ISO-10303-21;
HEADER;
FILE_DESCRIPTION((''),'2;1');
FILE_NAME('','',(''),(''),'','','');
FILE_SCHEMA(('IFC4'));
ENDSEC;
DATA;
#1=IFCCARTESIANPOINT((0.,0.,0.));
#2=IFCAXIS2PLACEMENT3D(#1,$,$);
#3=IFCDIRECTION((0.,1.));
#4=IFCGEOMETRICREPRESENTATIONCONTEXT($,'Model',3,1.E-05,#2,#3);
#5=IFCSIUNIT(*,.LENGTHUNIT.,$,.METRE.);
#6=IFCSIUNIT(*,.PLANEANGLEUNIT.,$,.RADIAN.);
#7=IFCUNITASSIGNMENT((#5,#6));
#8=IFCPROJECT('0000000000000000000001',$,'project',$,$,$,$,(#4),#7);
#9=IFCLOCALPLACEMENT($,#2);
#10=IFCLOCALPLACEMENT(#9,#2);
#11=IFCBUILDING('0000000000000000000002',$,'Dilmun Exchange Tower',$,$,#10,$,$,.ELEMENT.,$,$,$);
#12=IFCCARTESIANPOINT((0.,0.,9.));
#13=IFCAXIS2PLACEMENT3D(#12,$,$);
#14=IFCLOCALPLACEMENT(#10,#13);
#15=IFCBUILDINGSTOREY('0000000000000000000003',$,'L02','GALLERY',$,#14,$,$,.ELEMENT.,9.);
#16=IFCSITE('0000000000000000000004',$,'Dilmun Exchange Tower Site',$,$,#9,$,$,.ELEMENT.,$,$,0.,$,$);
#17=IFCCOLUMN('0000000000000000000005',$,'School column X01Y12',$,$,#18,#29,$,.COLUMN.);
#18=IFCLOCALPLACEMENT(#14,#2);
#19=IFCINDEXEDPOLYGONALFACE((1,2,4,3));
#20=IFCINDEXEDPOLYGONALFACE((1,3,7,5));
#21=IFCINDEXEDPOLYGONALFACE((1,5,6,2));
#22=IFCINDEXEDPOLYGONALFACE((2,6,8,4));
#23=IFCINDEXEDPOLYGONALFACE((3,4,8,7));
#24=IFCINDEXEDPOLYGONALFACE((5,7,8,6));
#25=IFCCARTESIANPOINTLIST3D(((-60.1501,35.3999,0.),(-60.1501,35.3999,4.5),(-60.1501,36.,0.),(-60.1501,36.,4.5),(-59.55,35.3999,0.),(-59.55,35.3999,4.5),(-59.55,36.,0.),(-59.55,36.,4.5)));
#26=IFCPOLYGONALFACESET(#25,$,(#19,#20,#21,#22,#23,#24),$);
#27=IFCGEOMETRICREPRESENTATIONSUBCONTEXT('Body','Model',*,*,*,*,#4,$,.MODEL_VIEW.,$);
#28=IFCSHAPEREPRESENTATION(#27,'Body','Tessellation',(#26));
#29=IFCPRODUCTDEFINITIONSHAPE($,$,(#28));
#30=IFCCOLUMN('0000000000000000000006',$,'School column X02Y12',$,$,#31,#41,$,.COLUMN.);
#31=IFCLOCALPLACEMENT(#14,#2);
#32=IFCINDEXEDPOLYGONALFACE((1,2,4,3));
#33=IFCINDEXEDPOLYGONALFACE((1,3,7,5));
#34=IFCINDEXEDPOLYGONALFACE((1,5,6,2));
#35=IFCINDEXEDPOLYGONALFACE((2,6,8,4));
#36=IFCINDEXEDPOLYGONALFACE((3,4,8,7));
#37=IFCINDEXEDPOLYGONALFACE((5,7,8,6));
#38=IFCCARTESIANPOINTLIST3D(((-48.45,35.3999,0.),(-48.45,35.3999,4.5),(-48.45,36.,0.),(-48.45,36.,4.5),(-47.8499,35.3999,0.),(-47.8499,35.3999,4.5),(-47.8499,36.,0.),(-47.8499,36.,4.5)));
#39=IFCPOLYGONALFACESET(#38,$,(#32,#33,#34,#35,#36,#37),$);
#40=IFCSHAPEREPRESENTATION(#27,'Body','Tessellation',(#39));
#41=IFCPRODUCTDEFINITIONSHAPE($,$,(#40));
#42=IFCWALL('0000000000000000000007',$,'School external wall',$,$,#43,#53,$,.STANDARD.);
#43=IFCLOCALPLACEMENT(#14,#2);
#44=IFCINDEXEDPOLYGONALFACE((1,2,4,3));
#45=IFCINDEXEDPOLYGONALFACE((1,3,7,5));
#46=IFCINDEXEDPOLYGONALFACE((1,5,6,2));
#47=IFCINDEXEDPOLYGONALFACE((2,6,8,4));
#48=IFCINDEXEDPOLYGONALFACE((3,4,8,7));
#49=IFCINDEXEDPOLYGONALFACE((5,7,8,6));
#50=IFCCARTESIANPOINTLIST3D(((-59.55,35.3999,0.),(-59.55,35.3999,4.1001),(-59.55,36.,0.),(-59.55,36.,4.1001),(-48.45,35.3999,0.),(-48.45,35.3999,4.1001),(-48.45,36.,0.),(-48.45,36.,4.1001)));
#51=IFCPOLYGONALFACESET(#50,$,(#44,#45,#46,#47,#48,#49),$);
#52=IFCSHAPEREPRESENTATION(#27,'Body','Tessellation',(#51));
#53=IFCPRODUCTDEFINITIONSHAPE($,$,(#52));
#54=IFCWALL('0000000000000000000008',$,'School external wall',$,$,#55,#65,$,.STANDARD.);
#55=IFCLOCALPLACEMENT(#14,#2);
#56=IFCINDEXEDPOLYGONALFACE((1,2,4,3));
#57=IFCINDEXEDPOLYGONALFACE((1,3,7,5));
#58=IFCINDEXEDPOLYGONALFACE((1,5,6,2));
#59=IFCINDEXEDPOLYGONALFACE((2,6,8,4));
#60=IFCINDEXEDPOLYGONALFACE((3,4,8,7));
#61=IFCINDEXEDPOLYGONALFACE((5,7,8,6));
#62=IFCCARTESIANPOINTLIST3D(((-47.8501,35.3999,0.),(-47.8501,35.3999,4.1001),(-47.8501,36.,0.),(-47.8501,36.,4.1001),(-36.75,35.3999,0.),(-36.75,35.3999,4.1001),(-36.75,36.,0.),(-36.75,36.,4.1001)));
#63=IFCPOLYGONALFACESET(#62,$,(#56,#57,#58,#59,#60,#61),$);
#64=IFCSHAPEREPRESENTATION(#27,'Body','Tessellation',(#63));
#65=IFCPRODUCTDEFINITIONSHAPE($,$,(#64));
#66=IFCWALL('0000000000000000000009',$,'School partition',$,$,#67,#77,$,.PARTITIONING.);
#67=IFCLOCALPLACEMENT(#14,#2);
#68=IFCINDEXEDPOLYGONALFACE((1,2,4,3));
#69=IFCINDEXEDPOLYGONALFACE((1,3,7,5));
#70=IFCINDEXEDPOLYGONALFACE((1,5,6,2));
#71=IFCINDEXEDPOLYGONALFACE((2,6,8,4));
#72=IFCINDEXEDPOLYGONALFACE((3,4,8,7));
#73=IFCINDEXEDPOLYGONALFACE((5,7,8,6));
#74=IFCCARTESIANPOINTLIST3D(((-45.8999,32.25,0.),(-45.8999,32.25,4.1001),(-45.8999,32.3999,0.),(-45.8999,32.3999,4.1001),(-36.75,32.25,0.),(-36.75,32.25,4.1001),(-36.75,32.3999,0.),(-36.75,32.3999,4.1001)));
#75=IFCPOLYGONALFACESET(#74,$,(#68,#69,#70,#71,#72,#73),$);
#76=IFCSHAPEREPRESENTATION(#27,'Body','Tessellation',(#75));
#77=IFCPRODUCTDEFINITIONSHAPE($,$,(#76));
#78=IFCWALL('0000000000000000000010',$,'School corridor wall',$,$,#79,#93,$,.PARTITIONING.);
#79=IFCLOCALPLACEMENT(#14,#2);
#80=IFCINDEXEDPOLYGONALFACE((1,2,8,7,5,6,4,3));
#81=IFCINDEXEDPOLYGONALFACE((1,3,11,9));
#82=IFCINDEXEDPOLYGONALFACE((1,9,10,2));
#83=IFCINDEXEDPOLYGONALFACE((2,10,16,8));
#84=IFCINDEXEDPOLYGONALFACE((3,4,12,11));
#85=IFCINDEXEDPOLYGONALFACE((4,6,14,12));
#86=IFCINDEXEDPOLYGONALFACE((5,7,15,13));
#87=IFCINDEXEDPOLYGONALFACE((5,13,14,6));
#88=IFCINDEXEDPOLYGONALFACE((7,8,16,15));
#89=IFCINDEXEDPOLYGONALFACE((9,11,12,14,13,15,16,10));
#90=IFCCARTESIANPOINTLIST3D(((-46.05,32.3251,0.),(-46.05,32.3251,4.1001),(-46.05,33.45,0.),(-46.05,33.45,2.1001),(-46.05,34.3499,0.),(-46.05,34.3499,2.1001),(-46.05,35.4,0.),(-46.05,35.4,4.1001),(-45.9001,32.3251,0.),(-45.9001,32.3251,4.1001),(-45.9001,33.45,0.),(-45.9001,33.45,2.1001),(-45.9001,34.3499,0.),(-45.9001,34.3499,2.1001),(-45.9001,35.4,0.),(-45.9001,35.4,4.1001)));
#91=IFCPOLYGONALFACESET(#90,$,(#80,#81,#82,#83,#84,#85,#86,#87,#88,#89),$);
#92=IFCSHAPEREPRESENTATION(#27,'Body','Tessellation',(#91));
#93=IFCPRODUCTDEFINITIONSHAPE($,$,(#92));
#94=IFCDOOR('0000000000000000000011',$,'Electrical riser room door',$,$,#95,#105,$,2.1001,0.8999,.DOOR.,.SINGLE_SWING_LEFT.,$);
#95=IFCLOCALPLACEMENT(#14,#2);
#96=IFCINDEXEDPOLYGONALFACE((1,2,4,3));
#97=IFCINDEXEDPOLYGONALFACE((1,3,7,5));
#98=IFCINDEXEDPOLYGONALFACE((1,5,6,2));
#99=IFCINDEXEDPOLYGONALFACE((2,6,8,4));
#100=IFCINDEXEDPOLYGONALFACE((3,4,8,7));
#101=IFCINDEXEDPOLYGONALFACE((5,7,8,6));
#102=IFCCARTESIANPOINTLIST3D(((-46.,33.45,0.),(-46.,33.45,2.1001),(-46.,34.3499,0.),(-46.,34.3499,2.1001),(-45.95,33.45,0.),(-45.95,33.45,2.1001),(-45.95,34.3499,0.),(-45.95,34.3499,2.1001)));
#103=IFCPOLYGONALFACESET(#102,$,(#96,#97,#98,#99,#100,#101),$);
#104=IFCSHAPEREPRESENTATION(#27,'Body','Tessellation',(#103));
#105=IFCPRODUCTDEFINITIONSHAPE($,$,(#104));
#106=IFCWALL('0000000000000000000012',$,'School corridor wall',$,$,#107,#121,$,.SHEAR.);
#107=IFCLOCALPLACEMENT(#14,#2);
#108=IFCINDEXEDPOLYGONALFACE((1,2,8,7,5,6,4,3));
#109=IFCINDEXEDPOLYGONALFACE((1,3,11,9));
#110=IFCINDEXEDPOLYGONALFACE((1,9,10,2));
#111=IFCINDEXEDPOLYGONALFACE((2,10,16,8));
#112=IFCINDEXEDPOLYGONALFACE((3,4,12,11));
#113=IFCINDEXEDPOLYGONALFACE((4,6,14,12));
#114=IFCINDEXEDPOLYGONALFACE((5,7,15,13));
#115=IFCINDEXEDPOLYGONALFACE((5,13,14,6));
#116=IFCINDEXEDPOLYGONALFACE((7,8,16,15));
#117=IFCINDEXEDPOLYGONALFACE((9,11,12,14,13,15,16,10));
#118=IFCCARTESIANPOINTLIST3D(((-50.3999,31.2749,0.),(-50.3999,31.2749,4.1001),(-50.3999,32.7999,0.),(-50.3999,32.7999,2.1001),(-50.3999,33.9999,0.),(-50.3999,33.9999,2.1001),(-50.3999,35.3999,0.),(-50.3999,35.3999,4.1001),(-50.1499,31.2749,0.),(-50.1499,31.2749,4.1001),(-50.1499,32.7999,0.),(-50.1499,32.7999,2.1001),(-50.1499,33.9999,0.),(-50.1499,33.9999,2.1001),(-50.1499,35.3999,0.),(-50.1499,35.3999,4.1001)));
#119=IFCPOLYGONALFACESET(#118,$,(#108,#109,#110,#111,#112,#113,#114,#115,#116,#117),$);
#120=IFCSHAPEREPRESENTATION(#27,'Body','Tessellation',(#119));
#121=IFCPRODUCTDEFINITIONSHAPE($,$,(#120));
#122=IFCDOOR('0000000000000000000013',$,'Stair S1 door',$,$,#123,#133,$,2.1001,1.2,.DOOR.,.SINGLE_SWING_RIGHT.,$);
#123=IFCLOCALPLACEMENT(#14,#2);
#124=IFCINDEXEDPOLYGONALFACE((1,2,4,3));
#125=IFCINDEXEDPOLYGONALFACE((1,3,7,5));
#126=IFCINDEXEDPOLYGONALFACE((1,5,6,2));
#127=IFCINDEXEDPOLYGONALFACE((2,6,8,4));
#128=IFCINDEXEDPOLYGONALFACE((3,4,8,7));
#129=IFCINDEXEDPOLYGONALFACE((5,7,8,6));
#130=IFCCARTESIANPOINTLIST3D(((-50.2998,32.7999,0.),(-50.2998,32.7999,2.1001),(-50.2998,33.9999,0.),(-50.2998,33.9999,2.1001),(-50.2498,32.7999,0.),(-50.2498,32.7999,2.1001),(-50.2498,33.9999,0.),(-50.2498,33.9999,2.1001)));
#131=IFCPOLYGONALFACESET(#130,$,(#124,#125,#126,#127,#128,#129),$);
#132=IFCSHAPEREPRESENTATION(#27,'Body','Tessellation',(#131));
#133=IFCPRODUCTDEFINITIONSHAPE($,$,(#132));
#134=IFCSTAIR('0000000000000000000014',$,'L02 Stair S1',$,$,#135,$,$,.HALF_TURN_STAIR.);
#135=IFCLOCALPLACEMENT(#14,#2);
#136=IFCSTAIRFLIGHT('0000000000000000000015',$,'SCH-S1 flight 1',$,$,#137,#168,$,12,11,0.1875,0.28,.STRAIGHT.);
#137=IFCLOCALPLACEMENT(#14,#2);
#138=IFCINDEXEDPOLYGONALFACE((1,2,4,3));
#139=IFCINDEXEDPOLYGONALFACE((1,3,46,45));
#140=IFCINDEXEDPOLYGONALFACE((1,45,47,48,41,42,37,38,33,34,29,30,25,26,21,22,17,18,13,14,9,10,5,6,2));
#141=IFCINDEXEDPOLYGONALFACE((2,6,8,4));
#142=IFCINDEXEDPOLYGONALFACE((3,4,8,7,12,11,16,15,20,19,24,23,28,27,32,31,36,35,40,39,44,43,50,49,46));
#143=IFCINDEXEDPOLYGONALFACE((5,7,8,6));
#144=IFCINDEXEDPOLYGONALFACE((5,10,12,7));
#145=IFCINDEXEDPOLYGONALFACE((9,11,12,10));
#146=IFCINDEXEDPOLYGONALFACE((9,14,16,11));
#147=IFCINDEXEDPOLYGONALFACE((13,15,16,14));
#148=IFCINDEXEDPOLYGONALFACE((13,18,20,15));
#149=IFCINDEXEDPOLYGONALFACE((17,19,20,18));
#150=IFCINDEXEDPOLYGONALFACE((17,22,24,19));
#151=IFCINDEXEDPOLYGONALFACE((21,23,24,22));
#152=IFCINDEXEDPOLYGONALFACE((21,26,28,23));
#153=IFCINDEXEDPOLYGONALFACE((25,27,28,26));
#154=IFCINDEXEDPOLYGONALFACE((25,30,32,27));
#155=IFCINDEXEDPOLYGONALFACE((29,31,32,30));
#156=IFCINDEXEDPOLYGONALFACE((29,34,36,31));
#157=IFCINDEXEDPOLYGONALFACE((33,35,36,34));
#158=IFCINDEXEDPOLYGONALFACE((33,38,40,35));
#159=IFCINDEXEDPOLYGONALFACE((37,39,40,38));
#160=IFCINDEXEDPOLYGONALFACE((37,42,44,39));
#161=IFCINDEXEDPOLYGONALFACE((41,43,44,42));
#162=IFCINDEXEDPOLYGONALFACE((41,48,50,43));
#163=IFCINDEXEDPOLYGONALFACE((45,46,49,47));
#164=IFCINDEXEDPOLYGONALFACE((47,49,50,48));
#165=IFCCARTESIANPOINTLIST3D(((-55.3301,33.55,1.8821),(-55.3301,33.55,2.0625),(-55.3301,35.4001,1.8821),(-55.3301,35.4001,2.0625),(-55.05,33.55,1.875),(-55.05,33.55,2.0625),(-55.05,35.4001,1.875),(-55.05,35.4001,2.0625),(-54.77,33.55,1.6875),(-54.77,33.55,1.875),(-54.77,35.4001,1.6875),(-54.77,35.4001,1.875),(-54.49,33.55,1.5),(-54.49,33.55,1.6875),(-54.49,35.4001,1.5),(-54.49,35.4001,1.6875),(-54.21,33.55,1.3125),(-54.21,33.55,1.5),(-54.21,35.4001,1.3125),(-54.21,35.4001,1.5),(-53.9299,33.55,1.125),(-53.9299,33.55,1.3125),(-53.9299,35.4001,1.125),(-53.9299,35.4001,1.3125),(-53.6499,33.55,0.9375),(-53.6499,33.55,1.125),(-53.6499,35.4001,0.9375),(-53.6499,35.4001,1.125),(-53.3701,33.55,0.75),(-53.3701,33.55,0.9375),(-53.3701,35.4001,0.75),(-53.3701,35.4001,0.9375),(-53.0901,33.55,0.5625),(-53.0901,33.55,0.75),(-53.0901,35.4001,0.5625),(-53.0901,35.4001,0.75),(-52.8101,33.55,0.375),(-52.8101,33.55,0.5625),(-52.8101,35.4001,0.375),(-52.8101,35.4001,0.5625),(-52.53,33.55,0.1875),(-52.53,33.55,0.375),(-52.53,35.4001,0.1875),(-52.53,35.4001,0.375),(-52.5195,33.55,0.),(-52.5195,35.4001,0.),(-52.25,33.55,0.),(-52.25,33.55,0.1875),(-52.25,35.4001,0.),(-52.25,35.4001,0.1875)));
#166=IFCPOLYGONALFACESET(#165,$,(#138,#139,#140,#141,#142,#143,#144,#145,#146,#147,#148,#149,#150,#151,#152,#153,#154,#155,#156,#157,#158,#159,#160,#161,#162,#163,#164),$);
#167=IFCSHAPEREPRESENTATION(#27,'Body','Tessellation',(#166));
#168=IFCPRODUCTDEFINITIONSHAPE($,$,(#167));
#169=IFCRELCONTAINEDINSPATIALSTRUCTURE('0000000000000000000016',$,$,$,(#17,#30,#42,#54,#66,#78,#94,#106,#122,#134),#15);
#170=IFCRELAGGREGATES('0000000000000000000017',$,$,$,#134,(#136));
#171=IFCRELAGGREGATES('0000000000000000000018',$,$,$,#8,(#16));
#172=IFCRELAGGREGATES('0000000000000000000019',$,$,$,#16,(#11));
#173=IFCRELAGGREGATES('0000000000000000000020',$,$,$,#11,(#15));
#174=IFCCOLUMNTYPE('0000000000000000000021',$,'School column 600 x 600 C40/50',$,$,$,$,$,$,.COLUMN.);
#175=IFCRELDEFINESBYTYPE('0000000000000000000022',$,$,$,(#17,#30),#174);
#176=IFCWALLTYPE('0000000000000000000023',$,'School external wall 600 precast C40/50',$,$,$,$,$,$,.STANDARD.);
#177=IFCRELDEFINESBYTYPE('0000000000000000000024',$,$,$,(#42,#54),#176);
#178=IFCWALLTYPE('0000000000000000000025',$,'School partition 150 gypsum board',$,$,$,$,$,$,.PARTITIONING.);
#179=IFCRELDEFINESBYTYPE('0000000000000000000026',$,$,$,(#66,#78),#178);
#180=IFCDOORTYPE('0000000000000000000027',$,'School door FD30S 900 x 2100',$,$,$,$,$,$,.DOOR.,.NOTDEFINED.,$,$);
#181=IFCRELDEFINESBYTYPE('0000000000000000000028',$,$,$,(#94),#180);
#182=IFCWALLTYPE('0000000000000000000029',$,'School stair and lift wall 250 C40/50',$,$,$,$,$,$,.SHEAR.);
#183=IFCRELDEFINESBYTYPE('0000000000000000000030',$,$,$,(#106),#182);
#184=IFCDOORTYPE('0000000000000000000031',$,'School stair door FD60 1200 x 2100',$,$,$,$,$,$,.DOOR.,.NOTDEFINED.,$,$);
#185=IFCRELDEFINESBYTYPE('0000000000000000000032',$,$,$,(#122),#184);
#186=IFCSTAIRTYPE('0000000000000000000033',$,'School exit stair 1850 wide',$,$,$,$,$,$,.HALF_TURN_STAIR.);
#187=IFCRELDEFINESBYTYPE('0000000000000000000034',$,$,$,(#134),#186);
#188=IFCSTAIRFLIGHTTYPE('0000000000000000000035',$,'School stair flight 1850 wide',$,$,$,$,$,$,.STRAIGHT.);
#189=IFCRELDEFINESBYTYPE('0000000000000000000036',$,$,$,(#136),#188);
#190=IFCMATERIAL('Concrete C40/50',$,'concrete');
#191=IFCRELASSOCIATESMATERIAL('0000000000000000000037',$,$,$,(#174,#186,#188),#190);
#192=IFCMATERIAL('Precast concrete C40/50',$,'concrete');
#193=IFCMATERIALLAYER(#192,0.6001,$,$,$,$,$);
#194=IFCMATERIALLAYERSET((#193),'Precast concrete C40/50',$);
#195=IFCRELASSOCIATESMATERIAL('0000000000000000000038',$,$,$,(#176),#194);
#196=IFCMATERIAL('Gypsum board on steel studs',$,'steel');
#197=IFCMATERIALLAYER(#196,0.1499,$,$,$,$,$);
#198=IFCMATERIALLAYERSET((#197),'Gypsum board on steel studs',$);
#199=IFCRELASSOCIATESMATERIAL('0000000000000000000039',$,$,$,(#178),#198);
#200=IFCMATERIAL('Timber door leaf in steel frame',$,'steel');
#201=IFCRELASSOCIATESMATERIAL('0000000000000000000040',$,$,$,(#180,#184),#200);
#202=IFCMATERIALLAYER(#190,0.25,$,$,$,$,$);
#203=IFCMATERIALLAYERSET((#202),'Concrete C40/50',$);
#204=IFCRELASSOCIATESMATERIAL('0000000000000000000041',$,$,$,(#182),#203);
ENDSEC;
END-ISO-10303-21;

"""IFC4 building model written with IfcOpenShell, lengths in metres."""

from ifc_helpers import new_model, si_unit, direction, frame, frame_2d, origin, origin_2d, place, context, subcontext, project, spatial, polyline, rectangle, outline, extrude, material, layer, layer_set, material_profile, profile_set, type_object, element, fill, aggregate, save


model = new_model("IFC4")

# Units and contexts
model_context = context("Model", 3, precision=1e-05, world=origin(), true_north=direction((0.0, 1.0)))
body_context = subcontext(model_context, "Body", "Model", "MODEL_VIEW")
ifc_project = project(units=[si_unit("LENGTHUNIT", "METRE"), si_unit("PLANEANGLEUNIT", "RADIAN")], contexts=[model_context])

# Site, building, storey
site_placement = place(None, origin())
site = spatial("IfcSite", under=ifc_project, at=site_placement, Name="Dilmun Exchange Tower Site", CompositionType="ELEMENT", RefElevation=0.0)
building_placement = place(site_placement, origin())
building = spatial("IfcBuilding", under=site, at=building_placement, Name="Dilmun Exchange Tower", CompositionType="ELEMENT")
storey_placement = place(building_placement, frame((0.0, 0.0, 9.0)))
storey = spatial("IfcBuildingStorey", under=building, at=storey_placement, Name="L02", Description="GALLERY", CompositionType="ELEMENT", Elevation=9.0)

# Columns
ifc_material_1 = material(Name="Concrete C40/50", Category="concrete")
ifc_material_profile = material_profile(ifc_material_1, rectangle(XDim=0.6001, YDim=0.6001, at=origin_2d()), Name="600 x 600")
ifc_profile_set = profile_set([ifc_material_profile], Name="Concrete C40/50")
column_type = type_object("IfcColumnType", Name="School column 600 x 600 C40/50", PredefinedType="COLUMN", material=ifc_profile_set)
for number, where, z_axis, x_axis, name in (
    (1, (-59.8501, 35.7, 0.0), (0.0, 0.0, 1.0), (1.0, 0.0, 0.0), "School column X01Y12"),
    (2, (-48.1499, 35.7, 0.0), (0.0, 0.0, 1.0), (1.0, 0.0, 0.0), "School column X02Y12"),
):
    element("IfcColumn", number, at=place(storey_placement, frame(where, z_axis=z_axis, x_axis=x_axis)), inside=storey, type_object=column_type, Name=name, PredefinedType="COLUMN", context=body_context, shape_type="SweptSolid", body=[
        extrude(rectangle(XDim=0.6001, YDim=0.6001, at=origin_2d()), origin(), (0.0, 0.0, 1.0), 4.5),
    ])

# Walls
ifc_material_2 = material(Name="Precast concrete C40/50", Category="concrete")
ifc_layer_1 = layer(ifc_material_2, 0.6001)
ifc_layer_set_1 = layer_set([ifc_layer_1], Name="Precast concrete C40/50")
wall_type_1 = type_object("IfcWallType", Name="School external wall 600 precast C40/50", PredefinedType="STANDARD", material=ifc_layer_set_1)
for number, where, z_axis, x_axis, name in (
    (3, (-59.55, 35.7, 0.0), (0.0, 0.0, 1.0), (1.0, 0.0, 0.0), "School external wall"),
    (4, (-47.8501, 35.7, 0.0), (0.0, 0.0, 1.0), (1.0, 0.0, 0.0), "School external wall"),
):
    element("IfcWall", number, at=place(storey_placement, frame(where, z_axis=z_axis, x_axis=x_axis)), inside=storey, type_object=wall_type_1, Name=name, PredefinedType="STANDARD", context=body_context, shape_type="SweptSolid", body=[
        extrude(rectangle(XDim=11.1001, YDim=0.6001, at=frame_2d((5.55, 0.0))), origin(), (0.0, 0.0, 1.0), 4.1001),
    ])
ifc_material_3 = material(Name="Gypsum board on steel studs", Category="steel")
ifc_layer_2 = layer(ifc_material_3, 0.1499)
ifc_layer_set_2 = layer_set([ifc_layer_2], Name="Gypsum board on steel studs")
wall_type_2 = type_object("IfcWallType", Name="School partition 150 gypsum board", PredefinedType="PARTITIONING", material=ifc_layer_set_2)
wall_1_placement = place(storey_placement, frame((-45.8999, 32.325, 0.0), z_axis=(0.0, 0.0, 1.0), x_axis=(1.0, 0.0, 0.0)))
element("IfcWall", 5, at=wall_1_placement, inside=storey, type_object=wall_type_2, Name="School partition", PredefinedType="PARTITIONING", context=body_context, shape_type="SweptSolid", body=[
    extrude(rectangle(XDim=9.1499, YDim=0.1499, at=frame_2d((4.575, 0.0))), origin(), (0.0, 0.0, 1.0), 4.1001),
])

# Walls, openings, doors
wall_2_placement = place(storey_placement, frame((-45.9751, 32.325, 0.0), z_axis=(0.0, 0.0, 1.0), x_axis=(0.0, 1.0, 0.0)))
wall_2 = element("IfcWall", 6, at=wall_2_placement, inside=storey, type_object=wall_type_2, Name="School corridor wall", PredefinedType="PARTITIONING", context=body_context, shape_type="SweptSolid", body=[
    extrude(rectangle(XDim=3.075, YDim=0.1499, at=frame_2d((1.5376, 0.0))), origin(), (0.0, 0.0, 1.0), 4.1001),
])
opening_1_placement = place(wall_2_placement, frame((1.125, 0.0, 0.0)))
opening_1 = element("IfcOpeningElement", 7, at=opening_1_placement, cuts=wall_2, PredefinedType="OPENING", context=body_context, shape_type="SweptSolid", body=[
    extrude(rectangle(XDim=0.8999, YDim=2.1001, at=frame_2d((0.45, 1.05))), frame((0.0, 0.085, 0.0), z_axis=(0.0, -1.0, 0.0), x_axis=(1.0, 0.0, 0.0)), (0.0, 0.0, 1.0), 0.1699),
])
ifc_material_4 = material(Name="Timber door leaf in steel frame", Category="steel")
door_type_1 = type_object("IfcDoorType", Name="School door FD30S 900 x 2100", OperationType="NOTDEFINED", PredefinedType="DOOR", material=ifc_material_4)
door_1_placement = place(opening_1_placement, origin())
door_1 = element("IfcDoor", 8, at=door_1_placement, inside=storey, type_object=door_type_1, Name="Electrical riser room door", OperationType="SINGLE_SWING_LEFT", OverallHeight=2.1001, OverallWidth=0.8999, PredefinedType="DOOR", context=body_context, shape_type="SweptSolid", body=[
    extrude(rectangle(XDim=0.8999, YDim=2.1001, at=frame_2d((0.45, 1.05))), frame((0.0, 0.0249, 0.0), z_axis=(0.0, -1.0, 0.0), x_axis=(1.0, 0.0, 0.0)), (0.0, 0.0, 1.0), 0.05),
])
fill(opening_1, door_1)
ifc_layer_3 = layer(ifc_material_1, 0.25)
ifc_layer_set_3 = layer_set([ifc_layer_3], Name="Concrete C40/50")
wall_type_3 = type_object("IfcWallType", Name="School stair and lift wall 250 C40/50", PredefinedType="SHEAR", material=ifc_layer_set_3)
wall_3_placement = place(storey_placement, frame((-50.2749, 31.2749, 0.0), z_axis=(0.0, 0.0, 1.0), x_axis=(0.0, 1.0, 0.0)))
wall_3 = element("IfcWall", 9, at=wall_3_placement, inside=storey, type_object=wall_type_3, Name="School corridor wall", PredefinedType="SHEAR", context=body_context, shape_type="SweptSolid", body=[
    extrude(rectangle(XDim=4.125, YDim=0.25, at=frame_2d((2.0625, 0.0))), origin(), (0.0, 0.0, 1.0), 4.1001),
])
opening_2_placement = place(wall_3_placement, frame((1.5249, 0.0, 0.0)))
opening_2 = element("IfcOpeningElement", 10, at=opening_2_placement, cuts=wall_3, PredefinedType="OPENING", context=body_context, shape_type="SweptSolid", body=[
    extrude(rectangle(XDim=1.2, YDim=2.1001, at=frame_2d((0.6001, 1.05))), frame((0.0, 0.135, 0.0), z_axis=(0.0, -1.0, 0.0), x_axis=(1.0, 0.0, 0.0)), (0.0, 0.0, 1.0), 0.27),
])
door_type_2 = type_object("IfcDoorType", Name="School stair door FD60 1200 x 2100", OperationType="NOTDEFINED", PredefinedType="DOOR", material=ifc_material_4)
door_2_placement = place(opening_2_placement, origin())
door_2 = element("IfcDoor", 11, at=door_2_placement, inside=storey, type_object=door_type_2, Name="Stair S1 door", OperationType="SINGLE_SWING_RIGHT", OverallHeight=2.1001, OverallWidth=1.2, PredefinedType="DOOR", context=body_context, shape_type="SweptSolid", body=[
    extrude(rectangle(XDim=1.2, YDim=2.1001, at=frame_2d((0.6001, 1.05))), frame((0.0, 0.0249, 0.0), z_axis=(0.0, -1.0, 0.0), x_axis=(1.0, 0.0, 0.0)), (0.0, 0.0, 1.0), 0.05),
])
fill(opening_2, door_2)

# Stair, stair flight
stair_type = type_object("IfcStairType", Name="School exit stair 1850 wide", PredefinedType="HALF_TURN_STAIR", material=ifc_material_1)
stair_placement = place(storey_placement, origin())
stair = element("IfcStair", 12, at=stair_placement, inside=storey, type_object=stair_type, Name="L02 Stair S1", PredefinedType="HALF_TURN_STAIR")
stair_flight_type = type_object("IfcStairFlightType", Name="School stair flight 1850 wide", PredefinedType="STRAIGHT", material=ifc_material_1)
stair_flight_1_placement = place(storey_placement, frame((-52.25, 34.4751, 0.0), z_axis=(0.0, 0.0, 1.0), x_axis=(-1.0, 0.0, 0.0)))
stair_flight_1 = element("IfcStairFlight", 13, at=stair_flight_1_placement, type_object=stair_flight_type, Name="SCH-S1 flight 1", NumberOfRisers=12, NumberOfTreads=11, PredefinedType="STRAIGHT", RiserHeight=0.1875, TreadLength=0.28, context=body_context, shape_type="SweptSolid", body=[
    extrude(outline(polyline([(0.0, 0.0), (0.0, 0.1875), (0.28, 0.1875), (0.28, 0.375), (0.5601, 0.375), (0.5601, 0.5625), (0.8401, 0.5625), (0.8401, 0.75), (1.1201, 0.75), (1.1201, 0.9375), (1.3999, 0.9375), (1.3999, 1.125), (1.6799, 1.125), (1.6799, 1.3125), (1.96, 1.3125), (1.96, 1.5), (2.24, 1.5), (2.24, 1.6875), (2.52, 1.6875), (2.52, 1.875), (2.8, 1.875), (2.8, 2.0625), (3.0801, 2.0625), (3.0801, 2.25), (3.0801, 1.8821), (0.2695, 0.0), (0.0, 0.0)])), frame((0.0, 0.925, 0.0), z_axis=(0.0, -1.0, 0.0), x_axis=(1.0, 0.0, 0.0)), (0.0, 0.0, 1.0), 1.8501),
])
aggregate(stair, [stair_flight_1])

save(model, "model.ifc")
